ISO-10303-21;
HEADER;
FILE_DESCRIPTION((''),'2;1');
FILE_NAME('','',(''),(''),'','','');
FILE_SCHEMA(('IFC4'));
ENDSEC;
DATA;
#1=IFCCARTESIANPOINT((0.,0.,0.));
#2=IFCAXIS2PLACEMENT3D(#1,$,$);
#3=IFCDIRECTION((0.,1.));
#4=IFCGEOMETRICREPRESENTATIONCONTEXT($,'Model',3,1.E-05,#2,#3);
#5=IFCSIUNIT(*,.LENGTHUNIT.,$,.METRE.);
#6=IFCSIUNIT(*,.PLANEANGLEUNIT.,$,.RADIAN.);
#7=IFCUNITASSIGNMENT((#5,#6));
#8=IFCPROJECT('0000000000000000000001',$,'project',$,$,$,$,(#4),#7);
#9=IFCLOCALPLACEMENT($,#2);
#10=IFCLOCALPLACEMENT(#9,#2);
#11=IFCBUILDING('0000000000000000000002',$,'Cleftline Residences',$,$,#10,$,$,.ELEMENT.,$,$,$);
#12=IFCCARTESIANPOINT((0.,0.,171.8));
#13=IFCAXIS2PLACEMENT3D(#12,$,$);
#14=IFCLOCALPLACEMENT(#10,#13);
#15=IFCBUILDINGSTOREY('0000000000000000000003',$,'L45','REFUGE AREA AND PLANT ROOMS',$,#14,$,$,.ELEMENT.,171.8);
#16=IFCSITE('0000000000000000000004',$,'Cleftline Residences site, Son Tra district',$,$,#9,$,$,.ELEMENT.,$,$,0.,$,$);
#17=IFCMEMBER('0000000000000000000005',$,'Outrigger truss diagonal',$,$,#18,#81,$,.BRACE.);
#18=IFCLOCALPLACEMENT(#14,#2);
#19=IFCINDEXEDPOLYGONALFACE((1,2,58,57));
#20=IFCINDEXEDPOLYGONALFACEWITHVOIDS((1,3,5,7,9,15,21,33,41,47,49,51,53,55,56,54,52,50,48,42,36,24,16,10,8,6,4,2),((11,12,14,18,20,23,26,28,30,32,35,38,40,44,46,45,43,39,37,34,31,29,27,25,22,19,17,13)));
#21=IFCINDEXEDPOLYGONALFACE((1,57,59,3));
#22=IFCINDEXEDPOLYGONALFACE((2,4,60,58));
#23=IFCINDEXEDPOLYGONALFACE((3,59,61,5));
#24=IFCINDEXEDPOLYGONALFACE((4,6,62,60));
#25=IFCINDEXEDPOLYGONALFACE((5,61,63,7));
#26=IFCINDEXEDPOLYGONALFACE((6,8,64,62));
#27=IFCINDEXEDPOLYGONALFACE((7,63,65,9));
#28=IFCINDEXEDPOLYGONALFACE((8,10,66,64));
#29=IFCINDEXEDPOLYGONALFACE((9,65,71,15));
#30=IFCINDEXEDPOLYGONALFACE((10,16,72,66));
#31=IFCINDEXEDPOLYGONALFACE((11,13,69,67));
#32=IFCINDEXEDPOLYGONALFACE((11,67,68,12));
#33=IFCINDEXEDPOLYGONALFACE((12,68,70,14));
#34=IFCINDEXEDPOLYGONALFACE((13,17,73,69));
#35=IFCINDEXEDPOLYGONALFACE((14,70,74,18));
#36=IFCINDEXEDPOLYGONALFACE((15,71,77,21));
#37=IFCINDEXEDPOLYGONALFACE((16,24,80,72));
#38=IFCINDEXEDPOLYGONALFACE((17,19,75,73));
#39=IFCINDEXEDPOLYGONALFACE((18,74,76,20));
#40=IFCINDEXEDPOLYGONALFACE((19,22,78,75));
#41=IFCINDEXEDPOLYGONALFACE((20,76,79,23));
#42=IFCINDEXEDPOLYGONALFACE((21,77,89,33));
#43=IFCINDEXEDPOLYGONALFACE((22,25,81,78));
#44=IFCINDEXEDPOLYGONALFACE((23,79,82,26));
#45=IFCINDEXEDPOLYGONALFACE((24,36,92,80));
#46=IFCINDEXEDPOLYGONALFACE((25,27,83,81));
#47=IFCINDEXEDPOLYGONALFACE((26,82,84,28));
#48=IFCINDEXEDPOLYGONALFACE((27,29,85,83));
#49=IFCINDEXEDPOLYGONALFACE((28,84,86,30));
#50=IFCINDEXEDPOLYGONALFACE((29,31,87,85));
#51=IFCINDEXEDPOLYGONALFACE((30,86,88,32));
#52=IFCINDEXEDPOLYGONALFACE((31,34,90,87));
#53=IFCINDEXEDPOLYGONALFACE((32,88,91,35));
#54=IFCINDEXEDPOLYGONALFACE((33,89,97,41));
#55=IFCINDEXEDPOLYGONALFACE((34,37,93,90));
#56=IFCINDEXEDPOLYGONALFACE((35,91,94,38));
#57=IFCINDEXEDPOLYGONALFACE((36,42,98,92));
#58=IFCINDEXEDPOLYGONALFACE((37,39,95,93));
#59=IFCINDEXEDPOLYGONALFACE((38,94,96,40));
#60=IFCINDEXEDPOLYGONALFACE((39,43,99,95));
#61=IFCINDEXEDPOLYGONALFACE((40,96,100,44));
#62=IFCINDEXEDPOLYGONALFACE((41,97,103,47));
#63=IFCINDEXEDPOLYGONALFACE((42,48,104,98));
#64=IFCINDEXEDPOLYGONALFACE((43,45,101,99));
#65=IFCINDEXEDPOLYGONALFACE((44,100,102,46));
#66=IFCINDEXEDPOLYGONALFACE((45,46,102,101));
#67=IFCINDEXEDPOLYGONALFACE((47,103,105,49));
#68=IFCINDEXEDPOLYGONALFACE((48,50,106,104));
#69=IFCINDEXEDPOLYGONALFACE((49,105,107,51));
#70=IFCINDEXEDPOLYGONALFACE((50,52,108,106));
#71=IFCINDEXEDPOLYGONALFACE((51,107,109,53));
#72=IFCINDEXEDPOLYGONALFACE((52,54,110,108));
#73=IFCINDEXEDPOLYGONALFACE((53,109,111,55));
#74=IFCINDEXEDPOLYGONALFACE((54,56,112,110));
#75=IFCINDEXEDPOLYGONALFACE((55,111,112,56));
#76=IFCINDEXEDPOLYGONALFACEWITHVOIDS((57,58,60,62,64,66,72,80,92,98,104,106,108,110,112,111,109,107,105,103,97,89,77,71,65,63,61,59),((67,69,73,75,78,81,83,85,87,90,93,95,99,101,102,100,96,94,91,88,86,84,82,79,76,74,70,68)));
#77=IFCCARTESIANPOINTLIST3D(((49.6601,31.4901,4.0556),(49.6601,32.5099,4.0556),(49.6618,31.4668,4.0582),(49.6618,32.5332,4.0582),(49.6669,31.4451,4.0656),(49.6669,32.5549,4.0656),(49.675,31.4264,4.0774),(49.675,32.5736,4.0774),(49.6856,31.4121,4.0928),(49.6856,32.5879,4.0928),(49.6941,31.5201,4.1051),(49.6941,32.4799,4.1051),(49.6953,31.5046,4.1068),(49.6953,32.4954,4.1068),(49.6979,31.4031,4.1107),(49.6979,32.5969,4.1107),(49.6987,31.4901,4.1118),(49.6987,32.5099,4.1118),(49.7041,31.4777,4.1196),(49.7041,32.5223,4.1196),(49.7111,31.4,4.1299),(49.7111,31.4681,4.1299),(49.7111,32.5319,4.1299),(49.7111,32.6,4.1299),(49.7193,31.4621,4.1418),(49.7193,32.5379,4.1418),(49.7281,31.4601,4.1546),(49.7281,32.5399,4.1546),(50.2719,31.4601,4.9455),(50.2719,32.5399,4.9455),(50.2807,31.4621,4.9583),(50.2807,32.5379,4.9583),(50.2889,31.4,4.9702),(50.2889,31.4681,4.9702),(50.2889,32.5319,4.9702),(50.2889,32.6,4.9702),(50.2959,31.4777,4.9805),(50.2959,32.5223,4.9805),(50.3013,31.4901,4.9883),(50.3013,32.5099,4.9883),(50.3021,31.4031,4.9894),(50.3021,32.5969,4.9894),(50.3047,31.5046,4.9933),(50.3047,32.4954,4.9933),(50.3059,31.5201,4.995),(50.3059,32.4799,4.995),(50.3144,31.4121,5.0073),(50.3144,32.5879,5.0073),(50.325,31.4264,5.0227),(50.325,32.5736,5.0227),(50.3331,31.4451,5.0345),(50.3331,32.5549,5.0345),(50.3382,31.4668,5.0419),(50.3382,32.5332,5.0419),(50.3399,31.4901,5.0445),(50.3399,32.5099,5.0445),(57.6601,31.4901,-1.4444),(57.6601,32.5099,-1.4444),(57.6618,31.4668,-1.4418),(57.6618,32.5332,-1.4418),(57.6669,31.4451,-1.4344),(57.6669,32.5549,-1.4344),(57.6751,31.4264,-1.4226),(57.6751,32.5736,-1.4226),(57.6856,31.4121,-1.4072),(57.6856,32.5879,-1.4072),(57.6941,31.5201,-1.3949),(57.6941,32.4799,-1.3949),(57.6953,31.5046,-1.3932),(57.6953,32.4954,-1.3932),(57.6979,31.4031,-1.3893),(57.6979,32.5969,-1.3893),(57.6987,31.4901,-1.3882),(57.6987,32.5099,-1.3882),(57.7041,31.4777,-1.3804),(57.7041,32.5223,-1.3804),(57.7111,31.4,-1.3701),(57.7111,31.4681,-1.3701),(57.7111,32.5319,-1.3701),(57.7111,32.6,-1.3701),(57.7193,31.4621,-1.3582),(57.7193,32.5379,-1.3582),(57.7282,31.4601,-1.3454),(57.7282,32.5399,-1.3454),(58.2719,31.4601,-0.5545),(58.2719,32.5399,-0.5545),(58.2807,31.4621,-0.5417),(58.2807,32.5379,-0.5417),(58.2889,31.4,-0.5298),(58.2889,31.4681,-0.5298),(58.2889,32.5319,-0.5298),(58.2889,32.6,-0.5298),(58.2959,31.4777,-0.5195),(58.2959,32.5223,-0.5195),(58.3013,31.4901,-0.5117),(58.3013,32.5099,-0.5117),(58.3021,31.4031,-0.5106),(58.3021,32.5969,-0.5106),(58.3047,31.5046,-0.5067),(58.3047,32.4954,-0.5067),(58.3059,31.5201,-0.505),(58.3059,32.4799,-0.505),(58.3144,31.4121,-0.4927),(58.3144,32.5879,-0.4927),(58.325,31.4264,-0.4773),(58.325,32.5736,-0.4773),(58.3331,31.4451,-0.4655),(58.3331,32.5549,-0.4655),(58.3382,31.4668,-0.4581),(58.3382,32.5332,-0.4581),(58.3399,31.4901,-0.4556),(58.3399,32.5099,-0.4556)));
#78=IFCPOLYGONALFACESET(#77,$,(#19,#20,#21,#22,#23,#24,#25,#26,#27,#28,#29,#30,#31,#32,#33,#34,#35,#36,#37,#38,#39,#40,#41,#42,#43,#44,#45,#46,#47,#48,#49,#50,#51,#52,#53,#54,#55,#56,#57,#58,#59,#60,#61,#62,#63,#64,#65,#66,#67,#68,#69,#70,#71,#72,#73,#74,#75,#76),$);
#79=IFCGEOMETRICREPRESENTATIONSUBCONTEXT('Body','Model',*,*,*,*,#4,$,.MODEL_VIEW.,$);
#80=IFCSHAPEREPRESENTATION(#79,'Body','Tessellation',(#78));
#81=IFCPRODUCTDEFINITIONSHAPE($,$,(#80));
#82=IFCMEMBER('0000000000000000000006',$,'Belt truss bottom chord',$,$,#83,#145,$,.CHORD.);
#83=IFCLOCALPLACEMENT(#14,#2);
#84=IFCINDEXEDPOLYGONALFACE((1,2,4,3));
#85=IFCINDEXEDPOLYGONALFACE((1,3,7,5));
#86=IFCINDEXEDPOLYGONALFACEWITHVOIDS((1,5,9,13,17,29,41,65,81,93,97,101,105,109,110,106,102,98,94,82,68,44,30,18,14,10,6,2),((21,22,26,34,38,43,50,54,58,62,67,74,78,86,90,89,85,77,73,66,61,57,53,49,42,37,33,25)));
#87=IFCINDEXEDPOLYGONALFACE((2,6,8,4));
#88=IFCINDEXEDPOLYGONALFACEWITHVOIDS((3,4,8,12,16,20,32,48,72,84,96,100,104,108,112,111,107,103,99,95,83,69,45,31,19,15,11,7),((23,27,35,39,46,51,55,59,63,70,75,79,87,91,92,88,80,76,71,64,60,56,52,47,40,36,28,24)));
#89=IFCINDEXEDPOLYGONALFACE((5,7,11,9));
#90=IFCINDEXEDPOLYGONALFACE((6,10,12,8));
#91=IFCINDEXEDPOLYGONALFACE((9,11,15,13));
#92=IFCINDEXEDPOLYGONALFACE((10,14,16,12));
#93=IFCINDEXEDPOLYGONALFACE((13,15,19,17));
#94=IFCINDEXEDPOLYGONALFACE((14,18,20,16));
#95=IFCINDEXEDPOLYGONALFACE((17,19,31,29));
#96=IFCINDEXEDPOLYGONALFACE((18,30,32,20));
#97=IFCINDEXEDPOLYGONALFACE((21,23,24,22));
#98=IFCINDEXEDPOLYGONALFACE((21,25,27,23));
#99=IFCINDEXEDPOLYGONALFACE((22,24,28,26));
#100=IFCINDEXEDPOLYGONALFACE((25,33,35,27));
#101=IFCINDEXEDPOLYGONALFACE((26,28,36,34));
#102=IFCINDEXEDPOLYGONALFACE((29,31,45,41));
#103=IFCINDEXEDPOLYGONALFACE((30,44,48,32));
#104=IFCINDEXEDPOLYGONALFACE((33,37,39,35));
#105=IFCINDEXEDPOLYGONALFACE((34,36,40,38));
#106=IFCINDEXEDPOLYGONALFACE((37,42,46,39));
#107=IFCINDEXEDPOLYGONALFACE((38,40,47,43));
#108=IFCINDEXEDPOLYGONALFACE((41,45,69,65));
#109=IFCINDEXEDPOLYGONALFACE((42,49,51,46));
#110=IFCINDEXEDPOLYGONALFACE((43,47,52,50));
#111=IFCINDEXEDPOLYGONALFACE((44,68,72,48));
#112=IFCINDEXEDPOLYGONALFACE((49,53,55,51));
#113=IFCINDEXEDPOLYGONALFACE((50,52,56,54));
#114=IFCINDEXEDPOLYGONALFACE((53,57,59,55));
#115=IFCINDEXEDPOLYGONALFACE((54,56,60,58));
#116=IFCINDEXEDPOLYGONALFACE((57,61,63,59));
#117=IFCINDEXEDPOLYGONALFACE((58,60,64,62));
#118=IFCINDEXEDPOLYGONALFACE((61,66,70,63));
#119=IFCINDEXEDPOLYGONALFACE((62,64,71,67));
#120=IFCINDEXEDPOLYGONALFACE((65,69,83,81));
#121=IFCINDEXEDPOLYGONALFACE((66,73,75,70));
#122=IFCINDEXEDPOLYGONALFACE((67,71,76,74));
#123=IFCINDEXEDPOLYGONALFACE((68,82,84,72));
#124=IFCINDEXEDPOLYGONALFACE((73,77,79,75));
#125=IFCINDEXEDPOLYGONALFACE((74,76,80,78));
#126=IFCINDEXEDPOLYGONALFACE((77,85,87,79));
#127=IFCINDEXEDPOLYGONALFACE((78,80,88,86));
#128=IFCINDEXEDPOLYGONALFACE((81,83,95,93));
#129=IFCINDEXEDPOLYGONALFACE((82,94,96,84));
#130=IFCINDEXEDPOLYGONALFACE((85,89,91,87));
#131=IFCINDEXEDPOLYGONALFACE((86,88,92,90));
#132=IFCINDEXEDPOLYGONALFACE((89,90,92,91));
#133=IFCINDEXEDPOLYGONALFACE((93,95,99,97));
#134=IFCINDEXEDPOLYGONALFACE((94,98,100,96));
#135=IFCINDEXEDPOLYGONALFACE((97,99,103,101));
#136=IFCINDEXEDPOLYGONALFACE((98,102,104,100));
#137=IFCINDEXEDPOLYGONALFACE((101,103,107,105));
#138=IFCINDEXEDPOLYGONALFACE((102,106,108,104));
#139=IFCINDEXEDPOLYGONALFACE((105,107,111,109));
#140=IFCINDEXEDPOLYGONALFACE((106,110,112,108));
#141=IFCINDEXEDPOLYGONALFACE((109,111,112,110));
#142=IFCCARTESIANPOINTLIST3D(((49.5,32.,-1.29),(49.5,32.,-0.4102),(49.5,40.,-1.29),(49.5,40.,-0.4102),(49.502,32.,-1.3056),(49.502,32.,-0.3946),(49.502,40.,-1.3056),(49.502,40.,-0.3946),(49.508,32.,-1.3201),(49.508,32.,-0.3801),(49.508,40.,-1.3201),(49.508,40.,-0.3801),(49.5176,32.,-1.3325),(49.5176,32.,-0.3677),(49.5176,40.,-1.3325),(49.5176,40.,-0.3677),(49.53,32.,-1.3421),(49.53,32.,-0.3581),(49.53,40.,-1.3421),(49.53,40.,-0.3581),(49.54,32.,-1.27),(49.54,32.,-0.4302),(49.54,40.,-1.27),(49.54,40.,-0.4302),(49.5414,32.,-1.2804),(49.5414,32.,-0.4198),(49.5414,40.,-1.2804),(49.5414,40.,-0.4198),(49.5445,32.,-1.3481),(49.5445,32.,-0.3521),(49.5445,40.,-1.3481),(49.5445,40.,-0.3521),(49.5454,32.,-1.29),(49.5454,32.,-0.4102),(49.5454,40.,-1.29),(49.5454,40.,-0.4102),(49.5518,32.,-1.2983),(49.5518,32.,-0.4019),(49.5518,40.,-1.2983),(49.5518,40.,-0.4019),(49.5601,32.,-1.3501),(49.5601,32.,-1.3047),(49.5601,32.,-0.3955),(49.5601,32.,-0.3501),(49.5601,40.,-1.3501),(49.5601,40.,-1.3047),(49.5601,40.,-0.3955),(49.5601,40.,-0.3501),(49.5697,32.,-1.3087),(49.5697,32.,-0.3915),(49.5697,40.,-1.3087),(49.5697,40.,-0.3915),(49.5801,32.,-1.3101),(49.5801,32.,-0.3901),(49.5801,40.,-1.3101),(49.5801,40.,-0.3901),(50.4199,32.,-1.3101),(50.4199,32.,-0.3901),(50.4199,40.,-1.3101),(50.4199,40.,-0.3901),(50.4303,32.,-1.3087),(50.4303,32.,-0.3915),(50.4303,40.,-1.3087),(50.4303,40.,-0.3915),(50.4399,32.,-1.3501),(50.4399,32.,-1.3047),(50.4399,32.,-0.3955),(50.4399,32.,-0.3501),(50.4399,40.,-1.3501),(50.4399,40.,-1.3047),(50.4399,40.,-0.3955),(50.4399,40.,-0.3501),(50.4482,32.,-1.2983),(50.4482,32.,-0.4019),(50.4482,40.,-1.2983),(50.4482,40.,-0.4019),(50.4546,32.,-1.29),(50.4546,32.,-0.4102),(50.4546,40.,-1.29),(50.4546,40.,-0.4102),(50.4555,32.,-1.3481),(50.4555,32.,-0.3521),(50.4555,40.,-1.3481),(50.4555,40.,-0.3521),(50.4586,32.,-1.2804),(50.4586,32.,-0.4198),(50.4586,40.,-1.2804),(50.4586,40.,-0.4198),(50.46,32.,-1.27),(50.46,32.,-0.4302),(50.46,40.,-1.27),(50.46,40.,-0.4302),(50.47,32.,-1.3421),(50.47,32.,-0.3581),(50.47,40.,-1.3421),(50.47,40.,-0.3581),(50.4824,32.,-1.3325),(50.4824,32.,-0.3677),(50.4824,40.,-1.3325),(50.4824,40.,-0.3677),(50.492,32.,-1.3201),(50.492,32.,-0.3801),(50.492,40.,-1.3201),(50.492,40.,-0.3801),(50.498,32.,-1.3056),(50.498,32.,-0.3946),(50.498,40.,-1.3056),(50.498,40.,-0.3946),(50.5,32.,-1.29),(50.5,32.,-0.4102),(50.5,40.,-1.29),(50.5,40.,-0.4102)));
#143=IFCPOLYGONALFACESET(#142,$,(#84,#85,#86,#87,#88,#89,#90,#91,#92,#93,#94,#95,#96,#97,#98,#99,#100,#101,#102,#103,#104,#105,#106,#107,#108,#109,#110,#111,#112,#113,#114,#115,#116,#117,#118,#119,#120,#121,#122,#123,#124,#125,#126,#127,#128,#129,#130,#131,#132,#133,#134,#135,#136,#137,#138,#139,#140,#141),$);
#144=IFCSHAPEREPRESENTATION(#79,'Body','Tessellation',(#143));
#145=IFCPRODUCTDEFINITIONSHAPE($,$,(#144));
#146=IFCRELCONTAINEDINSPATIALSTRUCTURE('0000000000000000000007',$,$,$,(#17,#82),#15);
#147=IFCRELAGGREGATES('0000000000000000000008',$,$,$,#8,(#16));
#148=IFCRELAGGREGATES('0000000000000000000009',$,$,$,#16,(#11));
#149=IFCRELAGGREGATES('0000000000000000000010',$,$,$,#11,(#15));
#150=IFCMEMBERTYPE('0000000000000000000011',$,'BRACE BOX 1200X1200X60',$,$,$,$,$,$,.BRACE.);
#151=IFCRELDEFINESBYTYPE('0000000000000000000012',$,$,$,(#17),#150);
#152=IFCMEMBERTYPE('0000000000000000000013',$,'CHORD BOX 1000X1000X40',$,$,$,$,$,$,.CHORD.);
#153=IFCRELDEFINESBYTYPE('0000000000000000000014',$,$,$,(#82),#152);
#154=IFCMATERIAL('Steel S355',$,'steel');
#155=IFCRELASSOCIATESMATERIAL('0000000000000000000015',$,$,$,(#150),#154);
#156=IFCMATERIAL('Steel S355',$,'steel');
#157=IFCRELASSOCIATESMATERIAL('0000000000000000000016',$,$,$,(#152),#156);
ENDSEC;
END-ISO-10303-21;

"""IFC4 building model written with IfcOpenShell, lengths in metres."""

from ifc_helpers import new_model, si_unit, direction, frame, origin, origin_2d, place, context, subcontext, project, spatial, hollow_rectangle, extrude, material, material_profile, profile_set, type_object, element, save


model = new_model("IFC4")

# Units and contexts
model_context = context("Model", 3, precision=1e-05, world=origin(), true_north=direction((0.0, 1.0)))
body_context = subcontext(model_context, "Body", "Model", "MODEL_VIEW")
ifc_project = project(units=[si_unit("LENGTHUNIT", "METRE"), si_unit("PLANEANGLEUNIT", "RADIAN")], contexts=[model_context])

# Site, building, storey
site_placement = place(None, origin())
site = spatial("IfcSite", under=ifc_project, at=site_placement, Name="Cleftline Residences site, Son Tra district", CompositionType="ELEMENT", RefElevation=0.0)
building_placement = place(site_placement, origin())
building = spatial("IfcBuilding", under=site, at=building_placement, Name="Cleftline Residences", CompositionType="ELEMENT")
storey_placement = place(building_placement, frame((0.0, 0.0, 171.8)))
storey = spatial("IfcBuildingStorey", under=building, at=storey_placement, Name="L45", Description="REFUGE AREA AND PLANT ROOMS", CompositionType="ELEMENT", Elevation=171.8)

# Members
ifc_material_1 = material(Name="Steel S355", Category="steel")
ifc_material_profile_1 = material_profile(ifc_material_1, hollow_rectangle(XDim=1.2, YDim=1.2, WallThickness=0.0601, InnerFilletRadius=0.0601, OuterFilletRadius=0.0901, at=origin_2d()))
ifc_profile_set_1 = profile_set([ifc_material_profile_1], Name="Steel S355")
member_type_1 = type_object("IfcMemberType", Name="BRACE BOX 1200X1200X60", PredefinedType="BRACE", material=ifc_profile_set_1)
member_1_placement = place(storey_placement, frame((50.0, 32.0, 4.55), z_axis=(0.824042, 0.0, -0.566529), x_axis=(0.566529, 0.0, 0.824042)))
element("IfcMember", 1, at=member_1_placement, inside=storey, type_object=member_type_1, Name="Outrigger truss diagonal", PredefinedType="BRACE", context=body_context, shape_type="SweptSolid", body=[
    extrude(hollow_rectangle(XDim=1.2, YDim=1.2, WallThickness=0.0601, InnerFilletRadius=0.0601, OuterFilletRadius=0.0901, at=origin_2d()), origin(), (0.0, 0.0, 1.0), 9.7083),
])
ifc_material_2 = material(Name="Steel S355", Category="steel")
ifc_material_profile_2 = material_profile(ifc_material_2, hollow_rectangle(XDim=1.0, YDim=1.0, WallThickness=0.04, InnerFilletRadius=0.04, OuterFilletRadius=0.0601, at=origin_2d()))
ifc_profile_set_2 = profile_set([ifc_material_profile_2], Name="Steel S355")
member_type_2 = type_object("IfcMemberType", Name="CHORD BOX 1000X1000X40", PredefinedType="CHORD", material=ifc_profile_set_2)
for number, where, z_axis, x_axis, name in (
    (2, (50.0, 32.0, -0.8501), (0.0, 1.0, 0.0), (-1.0, 0.0, 0.0), "Belt truss bottom chord"),
):
    element("IfcMember", number, at=place(storey_placement, frame(where, z_axis=z_axis, x_axis=x_axis)), inside=storey, type_object=member_type_2, Name=name, PredefinedType="CHORD", context=body_context, shape_type="SweptSolid", body=[
        extrude(hollow_rectangle(XDim=1.0, YDim=1.0, WallThickness=0.04, InnerFilletRadius=0.04, OuterFilletRadius=0.0601, at=origin_2d()), origin(), (0.0, 0.0, 1.0), 8.0),
    ])

save(model, "model.ifc")
